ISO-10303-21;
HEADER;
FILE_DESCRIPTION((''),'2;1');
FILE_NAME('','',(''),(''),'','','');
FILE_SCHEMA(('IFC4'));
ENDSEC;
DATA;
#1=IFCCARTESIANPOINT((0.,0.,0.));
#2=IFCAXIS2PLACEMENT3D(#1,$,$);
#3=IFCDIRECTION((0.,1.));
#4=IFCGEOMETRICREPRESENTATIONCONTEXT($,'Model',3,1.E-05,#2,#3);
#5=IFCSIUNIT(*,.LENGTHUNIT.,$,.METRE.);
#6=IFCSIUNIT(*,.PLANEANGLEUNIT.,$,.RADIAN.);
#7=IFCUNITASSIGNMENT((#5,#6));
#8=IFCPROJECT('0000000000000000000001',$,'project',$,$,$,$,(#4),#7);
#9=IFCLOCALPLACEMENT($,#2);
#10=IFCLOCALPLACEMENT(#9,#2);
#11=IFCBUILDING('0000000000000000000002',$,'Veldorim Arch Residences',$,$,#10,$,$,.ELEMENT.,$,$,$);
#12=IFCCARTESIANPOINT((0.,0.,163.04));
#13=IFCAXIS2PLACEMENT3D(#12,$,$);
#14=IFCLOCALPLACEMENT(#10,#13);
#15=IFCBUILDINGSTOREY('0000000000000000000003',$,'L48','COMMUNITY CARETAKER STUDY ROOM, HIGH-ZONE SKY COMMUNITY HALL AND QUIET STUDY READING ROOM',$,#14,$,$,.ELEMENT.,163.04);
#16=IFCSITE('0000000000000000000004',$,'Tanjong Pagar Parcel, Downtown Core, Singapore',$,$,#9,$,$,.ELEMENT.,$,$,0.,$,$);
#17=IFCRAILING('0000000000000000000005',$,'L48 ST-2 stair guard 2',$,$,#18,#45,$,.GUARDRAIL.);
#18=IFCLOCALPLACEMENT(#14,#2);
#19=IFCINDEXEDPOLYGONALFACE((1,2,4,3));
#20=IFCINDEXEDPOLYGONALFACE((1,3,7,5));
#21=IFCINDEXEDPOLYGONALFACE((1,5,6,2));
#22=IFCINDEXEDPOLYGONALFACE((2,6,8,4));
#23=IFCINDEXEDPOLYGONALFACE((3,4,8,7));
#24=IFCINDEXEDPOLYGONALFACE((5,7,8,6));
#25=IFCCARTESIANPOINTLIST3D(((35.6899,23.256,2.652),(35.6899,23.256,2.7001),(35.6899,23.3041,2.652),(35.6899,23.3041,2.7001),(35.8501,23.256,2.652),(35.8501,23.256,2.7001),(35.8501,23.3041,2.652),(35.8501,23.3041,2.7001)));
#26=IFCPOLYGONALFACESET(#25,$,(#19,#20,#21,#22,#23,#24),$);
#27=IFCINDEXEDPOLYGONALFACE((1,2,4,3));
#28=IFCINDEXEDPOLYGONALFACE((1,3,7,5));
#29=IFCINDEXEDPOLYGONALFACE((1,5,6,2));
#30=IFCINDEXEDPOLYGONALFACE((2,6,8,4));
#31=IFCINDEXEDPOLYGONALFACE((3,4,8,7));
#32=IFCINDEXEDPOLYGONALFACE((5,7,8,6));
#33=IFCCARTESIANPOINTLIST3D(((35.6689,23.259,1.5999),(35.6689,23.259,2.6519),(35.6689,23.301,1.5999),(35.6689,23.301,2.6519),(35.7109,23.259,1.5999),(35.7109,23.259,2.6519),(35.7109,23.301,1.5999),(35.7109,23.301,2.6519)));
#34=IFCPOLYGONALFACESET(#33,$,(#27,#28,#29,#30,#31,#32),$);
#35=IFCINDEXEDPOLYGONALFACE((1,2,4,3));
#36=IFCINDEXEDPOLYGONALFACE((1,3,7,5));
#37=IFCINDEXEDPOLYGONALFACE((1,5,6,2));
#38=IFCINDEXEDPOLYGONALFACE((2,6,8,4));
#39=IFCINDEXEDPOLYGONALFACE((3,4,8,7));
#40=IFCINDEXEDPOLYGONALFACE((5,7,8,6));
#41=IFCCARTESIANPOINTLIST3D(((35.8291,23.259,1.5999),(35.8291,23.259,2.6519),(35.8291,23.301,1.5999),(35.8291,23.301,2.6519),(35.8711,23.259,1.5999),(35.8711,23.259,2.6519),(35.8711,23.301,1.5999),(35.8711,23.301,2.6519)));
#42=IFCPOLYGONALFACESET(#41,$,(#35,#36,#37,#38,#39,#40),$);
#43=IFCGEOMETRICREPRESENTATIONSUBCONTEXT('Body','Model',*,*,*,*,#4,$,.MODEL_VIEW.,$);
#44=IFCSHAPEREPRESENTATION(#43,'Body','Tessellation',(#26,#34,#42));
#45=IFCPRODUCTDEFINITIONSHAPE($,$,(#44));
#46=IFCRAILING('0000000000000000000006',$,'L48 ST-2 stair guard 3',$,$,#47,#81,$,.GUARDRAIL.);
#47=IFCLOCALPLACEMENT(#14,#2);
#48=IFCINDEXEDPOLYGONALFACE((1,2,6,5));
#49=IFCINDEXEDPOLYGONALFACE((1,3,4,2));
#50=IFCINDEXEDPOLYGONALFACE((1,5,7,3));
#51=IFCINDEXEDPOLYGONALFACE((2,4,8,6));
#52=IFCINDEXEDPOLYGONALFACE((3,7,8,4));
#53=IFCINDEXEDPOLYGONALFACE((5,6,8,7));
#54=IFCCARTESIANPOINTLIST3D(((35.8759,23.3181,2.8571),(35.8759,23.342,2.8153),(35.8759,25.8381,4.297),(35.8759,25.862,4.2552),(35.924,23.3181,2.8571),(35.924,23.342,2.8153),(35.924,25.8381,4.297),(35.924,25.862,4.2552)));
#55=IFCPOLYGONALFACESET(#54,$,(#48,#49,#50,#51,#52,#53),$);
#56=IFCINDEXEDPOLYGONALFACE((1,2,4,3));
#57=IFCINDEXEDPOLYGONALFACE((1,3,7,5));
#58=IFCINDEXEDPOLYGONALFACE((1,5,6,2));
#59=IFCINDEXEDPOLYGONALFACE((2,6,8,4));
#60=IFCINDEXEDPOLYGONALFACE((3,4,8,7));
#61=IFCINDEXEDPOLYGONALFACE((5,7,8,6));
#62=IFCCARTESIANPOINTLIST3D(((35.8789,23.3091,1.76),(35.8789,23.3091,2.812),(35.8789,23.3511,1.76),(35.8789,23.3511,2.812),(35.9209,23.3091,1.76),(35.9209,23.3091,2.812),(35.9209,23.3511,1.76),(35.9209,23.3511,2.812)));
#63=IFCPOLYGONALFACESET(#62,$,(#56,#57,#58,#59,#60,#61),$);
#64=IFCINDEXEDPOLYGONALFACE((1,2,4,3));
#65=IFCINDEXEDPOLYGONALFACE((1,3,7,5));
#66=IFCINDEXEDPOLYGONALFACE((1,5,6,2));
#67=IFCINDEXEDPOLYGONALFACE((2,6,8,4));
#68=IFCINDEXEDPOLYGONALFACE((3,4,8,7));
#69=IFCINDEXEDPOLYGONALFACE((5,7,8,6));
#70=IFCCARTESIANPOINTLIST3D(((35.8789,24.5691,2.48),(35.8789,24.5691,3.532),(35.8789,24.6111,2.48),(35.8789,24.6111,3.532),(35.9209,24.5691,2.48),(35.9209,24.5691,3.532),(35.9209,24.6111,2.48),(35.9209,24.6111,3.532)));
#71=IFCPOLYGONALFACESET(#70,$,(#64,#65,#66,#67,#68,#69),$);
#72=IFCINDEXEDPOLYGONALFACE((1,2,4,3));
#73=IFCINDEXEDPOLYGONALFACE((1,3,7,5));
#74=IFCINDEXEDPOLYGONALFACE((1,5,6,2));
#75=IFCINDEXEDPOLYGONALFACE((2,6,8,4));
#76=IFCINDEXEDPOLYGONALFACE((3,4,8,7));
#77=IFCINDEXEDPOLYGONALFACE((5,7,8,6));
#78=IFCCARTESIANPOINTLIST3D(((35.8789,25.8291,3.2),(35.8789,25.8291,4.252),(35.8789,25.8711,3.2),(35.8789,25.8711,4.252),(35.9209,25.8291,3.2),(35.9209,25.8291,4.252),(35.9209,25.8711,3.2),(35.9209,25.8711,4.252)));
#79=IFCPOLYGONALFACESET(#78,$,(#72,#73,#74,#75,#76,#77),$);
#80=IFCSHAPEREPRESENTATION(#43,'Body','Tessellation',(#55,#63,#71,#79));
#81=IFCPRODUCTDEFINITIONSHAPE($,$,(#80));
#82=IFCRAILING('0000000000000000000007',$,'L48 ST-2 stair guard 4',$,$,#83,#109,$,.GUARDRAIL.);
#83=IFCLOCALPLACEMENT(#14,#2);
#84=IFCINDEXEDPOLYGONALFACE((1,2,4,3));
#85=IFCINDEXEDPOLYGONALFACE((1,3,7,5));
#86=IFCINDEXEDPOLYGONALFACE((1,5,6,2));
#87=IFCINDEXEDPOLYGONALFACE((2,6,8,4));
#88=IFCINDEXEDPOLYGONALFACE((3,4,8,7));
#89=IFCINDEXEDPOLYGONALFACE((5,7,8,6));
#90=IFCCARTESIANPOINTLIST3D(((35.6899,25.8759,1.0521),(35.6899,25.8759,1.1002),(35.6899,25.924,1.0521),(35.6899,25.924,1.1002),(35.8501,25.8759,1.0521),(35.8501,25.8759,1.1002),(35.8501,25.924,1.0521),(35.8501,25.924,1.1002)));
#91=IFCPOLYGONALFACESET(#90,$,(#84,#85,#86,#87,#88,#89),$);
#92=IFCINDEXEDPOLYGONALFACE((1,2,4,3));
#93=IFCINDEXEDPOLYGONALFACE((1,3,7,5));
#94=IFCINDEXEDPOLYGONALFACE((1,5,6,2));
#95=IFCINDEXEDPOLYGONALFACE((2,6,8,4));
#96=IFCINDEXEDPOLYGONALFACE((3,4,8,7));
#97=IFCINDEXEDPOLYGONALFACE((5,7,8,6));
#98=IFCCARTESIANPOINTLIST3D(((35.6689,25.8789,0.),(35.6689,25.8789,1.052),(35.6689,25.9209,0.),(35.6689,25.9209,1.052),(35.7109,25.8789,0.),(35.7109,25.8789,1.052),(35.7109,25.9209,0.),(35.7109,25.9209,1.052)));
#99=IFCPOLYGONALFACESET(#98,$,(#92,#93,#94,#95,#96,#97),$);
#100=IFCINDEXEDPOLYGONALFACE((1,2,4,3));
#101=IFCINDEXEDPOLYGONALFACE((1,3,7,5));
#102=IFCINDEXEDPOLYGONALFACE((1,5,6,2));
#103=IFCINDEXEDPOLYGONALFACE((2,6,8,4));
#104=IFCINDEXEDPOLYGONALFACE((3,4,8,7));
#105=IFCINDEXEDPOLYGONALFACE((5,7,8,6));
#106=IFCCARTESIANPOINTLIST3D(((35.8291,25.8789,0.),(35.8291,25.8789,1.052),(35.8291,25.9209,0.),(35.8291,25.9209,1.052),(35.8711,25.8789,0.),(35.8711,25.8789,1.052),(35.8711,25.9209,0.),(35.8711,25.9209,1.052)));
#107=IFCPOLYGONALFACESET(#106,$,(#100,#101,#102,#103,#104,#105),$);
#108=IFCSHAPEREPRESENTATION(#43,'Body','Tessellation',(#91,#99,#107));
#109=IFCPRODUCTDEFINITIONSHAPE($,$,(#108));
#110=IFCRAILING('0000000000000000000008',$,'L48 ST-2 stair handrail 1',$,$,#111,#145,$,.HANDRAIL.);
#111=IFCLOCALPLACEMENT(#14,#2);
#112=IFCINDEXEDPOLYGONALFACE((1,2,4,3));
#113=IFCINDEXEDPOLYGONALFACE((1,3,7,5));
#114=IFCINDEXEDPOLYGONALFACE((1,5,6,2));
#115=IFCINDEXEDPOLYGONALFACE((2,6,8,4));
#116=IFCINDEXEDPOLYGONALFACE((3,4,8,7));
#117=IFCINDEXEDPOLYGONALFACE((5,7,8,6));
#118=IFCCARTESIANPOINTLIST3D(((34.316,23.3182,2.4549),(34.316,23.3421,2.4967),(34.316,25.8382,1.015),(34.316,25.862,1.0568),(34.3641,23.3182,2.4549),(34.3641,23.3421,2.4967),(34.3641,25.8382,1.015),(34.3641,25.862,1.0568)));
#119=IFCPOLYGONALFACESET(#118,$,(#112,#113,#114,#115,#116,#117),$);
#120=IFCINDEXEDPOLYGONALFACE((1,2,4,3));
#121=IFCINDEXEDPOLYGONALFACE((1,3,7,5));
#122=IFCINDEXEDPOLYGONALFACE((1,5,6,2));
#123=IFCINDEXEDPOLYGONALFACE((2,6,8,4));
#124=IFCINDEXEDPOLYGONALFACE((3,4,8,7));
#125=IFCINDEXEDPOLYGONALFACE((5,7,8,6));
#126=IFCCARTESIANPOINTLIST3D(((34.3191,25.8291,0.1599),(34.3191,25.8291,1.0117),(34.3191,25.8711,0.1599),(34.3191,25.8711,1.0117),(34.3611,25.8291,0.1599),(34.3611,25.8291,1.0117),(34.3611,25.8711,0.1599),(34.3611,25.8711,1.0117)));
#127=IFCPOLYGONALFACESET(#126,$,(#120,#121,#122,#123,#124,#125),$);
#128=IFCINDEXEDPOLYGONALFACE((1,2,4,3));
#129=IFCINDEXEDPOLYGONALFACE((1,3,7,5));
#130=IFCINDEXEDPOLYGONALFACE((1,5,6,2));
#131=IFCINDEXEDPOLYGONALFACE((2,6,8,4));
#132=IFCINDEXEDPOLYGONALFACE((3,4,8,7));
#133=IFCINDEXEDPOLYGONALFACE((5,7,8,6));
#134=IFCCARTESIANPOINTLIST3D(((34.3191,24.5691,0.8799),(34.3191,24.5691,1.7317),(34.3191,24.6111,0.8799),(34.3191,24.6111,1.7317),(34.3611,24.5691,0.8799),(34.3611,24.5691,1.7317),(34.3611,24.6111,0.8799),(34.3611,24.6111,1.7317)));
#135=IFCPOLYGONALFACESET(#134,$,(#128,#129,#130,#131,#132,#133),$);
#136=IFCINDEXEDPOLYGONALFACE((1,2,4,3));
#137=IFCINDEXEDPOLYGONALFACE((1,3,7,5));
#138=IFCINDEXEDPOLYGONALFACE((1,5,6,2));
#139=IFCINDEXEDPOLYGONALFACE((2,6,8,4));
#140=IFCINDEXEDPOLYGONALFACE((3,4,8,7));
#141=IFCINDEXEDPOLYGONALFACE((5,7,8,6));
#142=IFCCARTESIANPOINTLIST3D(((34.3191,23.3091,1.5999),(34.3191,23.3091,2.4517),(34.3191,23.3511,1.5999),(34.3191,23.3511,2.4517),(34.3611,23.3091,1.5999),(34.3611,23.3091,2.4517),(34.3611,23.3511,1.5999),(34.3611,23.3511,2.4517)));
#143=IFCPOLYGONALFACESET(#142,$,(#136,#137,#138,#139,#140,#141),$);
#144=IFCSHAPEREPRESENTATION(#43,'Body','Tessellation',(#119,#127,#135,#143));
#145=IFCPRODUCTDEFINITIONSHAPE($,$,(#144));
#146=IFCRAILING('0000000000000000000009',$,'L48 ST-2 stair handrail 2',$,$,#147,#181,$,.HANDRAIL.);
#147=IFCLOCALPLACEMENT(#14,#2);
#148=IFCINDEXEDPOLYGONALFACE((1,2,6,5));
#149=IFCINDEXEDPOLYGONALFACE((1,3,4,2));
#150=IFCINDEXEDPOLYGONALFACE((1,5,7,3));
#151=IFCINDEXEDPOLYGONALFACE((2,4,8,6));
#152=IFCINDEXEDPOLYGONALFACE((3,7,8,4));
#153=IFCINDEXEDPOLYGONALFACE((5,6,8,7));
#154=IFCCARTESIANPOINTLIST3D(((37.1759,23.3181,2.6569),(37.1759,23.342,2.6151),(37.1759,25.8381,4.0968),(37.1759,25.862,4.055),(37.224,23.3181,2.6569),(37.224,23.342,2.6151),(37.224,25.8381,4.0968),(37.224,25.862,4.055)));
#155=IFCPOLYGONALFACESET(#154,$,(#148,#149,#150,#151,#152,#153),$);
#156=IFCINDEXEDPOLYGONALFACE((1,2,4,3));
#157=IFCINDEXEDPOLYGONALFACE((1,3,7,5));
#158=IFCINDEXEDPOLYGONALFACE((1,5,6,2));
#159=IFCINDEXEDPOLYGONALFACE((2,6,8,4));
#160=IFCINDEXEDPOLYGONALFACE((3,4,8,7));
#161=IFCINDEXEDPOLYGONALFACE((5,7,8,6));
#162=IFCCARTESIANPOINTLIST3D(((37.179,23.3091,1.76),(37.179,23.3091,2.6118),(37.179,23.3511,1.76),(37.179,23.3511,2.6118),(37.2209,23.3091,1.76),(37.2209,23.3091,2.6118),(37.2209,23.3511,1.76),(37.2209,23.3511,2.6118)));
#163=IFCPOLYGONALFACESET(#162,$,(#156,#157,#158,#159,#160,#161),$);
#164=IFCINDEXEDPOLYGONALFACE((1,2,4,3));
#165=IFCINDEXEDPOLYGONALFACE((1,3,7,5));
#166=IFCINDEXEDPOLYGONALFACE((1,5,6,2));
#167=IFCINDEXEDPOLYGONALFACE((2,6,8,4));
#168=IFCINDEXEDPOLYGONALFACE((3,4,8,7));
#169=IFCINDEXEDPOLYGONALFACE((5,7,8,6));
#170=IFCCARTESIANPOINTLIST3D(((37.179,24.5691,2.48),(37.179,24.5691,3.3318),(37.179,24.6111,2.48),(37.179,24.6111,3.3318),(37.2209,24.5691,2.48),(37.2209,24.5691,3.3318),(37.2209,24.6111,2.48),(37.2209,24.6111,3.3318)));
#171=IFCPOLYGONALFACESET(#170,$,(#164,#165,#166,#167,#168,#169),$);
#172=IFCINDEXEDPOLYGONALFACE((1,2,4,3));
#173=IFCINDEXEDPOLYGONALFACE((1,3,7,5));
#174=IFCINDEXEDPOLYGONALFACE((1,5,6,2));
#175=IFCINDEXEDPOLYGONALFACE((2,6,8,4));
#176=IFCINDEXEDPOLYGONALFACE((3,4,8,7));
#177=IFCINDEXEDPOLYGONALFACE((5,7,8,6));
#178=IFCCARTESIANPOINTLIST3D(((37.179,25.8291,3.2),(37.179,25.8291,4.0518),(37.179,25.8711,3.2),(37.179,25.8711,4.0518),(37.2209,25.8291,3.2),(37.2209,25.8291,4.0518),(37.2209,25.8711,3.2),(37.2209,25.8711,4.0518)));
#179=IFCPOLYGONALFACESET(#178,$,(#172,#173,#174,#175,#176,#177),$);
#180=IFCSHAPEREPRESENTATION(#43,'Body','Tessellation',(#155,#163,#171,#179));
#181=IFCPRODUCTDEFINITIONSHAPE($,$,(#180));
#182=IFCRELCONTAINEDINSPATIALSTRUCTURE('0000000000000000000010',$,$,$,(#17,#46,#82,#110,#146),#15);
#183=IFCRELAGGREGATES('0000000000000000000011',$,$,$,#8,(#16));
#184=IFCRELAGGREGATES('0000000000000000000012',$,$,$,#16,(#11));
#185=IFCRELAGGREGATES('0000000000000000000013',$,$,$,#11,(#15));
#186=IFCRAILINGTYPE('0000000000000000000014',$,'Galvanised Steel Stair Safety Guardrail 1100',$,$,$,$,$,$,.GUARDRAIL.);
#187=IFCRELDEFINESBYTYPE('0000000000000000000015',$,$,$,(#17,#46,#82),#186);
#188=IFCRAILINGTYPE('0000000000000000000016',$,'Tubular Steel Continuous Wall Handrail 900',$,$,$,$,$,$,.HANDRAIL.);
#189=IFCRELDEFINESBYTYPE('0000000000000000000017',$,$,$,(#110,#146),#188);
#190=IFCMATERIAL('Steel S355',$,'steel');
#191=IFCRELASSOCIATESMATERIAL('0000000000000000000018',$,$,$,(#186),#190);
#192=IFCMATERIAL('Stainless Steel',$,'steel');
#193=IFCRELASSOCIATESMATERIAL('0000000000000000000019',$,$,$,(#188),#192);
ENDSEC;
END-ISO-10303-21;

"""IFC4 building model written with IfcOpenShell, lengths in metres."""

from ifc_helpers import new_model, si_unit, direction, frame, origin, origin_2d, place, context, subcontext, project, spatial, rectangle, extrude, material, type_object, element, save


model = new_model("IFC4")

# Units and contexts
model_context = context("Model", 3, precision=1e-05, world=origin(), true_north=direction((0.0, 1.0)))
body_context = subcontext(model_context, "Body", "Model", "MODEL_VIEW")
ifc_project = project(units=[si_unit("LENGTHUNIT", "METRE"), si_unit("PLANEANGLEUNIT", "RADIAN")], contexts=[model_context])

# Site, building, storey
site_placement = place(None, origin())
site = spatial("IfcSite", under=ifc_project, at=site_placement, Name="Tanjong Pagar Parcel, Downtown Core, Singapore", CompositionType="ELEMENT", RefElevation=0.0)
building_placement = place(site_placement, origin())
building = spatial("IfcBuilding", under=site, at=building_placement, Name="Veldorim Arch Residences", CompositionType="ELEMENT")
storey_placement = place(building_placement, frame((0.0, 0.0, 163.04)))
storey = spatial("IfcBuildingStorey", under=building, at=storey_placement, Name="L48", Description="COMMUNITY CARETAKER STUDY ROOM, HIGH-ZONE SKY COMMUNITY HALL AND QUIET STUDY READING ROOM", CompositionType="ELEMENT", Elevation=163.04)

# Railings
ifc_material_1 = material(Name="Steel S355", Category="steel")
railing_type_1 = type_object("IfcRailingType", Name="Galvanised Steel Stair Safety Guardrail 1100", PredefinedType="GUARDRAIL", material=ifc_material_1)
railing_1_placement = place(storey_placement, frame((35.6899, 23.28, 1.5999)))
element("IfcRailing", 1, at=railing_1_placement, inside=storey, type_object=railing_type_1, Name="L48 ST-2 stair guard 2", PredefinedType="GUARDRAIL", context=body_context, shape_type="SweptSolid", body=[
    extrude(rectangle(XDim=0.0481, YDim=0.0481, at=origin_2d()), frame((0.0, 0.0, 1.0762), z_axis=(1.0, 0.0, 0.0), x_axis=(0.0, 1.0, 0.0)), (0.0, 0.0, 1.0), 0.1602),
    extrude(rectangle(XDim=0.042, YDim=0.042, at=origin_2d()), origin(), (0.0, 0.0, 1.0), 1.052),
    extrude(rectangle(XDim=0.042, YDim=0.042, at=origin_2d()), frame((0.1602, 0.0, 0.0)), (0.0, 0.0, 1.0), 1.052),
])
railing_2_placement = place(storey_placement, frame((35.8999, 23.3301, 1.76)))
element("IfcRailing", 2, at=railing_2_placement, inside=storey, type_object=railing_type_1, Name="L48 ST-2 stair guard 3", PredefinedType="GUARDRAIL", context=body_context, shape_type="SweptSolid", body=[
    extrude(rectangle(XDim=0.0481, YDim=0.0481, at=origin_2d()), frame((0.0, 0.0, 1.0762), z_axis=(0.0, 0.868253, 0.496121), x_axis=(-1.0, 0.0, 0.0)), (0.0, 0.0, 1.0), 2.9023),
    extrude(rectangle(XDim=0.042, YDim=0.042, at=origin_2d()), origin(), (0.0, 0.0, 1.0), 1.052),
    extrude(rectangle(XDim=0.042, YDim=0.042, at=origin_2d()), frame((0.0, 1.26, 0.72)), (0.0, 0.0, 1.0), 1.052),
    extrude(rectangle(XDim=0.042, YDim=0.042, at=origin_2d()), frame((0.0, 2.52, 1.4399)), (0.0, 0.0, 1.0), 1.052),
])
railing_3_placement = place(storey_placement, frame((35.6899, 25.8999, 0.0)))
element("IfcRailing", 3, at=railing_3_placement, inside=storey, type_object=railing_type_1, Name="L48 ST-2 stair guard 4", PredefinedType="GUARDRAIL", context=body_context, shape_type="SweptSolid", body=[
    extrude(rectangle(XDim=0.0481, YDim=0.0481, at=origin_2d()), frame((0.0, 0.0, 1.0762), z_axis=(1.0, 0.0, 0.0), x_axis=(0.0, 1.0, 0.0)), (0.0, 0.0, 1.0), 0.1602),
    extrude(rectangle(XDim=0.042, YDim=0.042, at=origin_2d()), origin(), (0.0, 0.0, 1.0), 1.052),
    extrude(rectangle(XDim=0.042, YDim=0.042, at=origin_2d()), frame((0.1602, 0.0, 0.0)), (0.0, 0.0, 1.0), 1.052),
])
ifc_material_2 = material(Name="Stainless Steel", Category="steel")
railing_type_2 = type_object("IfcRailingType", Name="Tubular Steel Continuous Wall Handrail 900", PredefinedType="HANDRAIL", material=ifc_material_2)
railing_4_placement = place(storey_placement, frame((34.3401, 25.8501, 0.1599)))
element("IfcRailing", 4, at=railing_4_placement, inside=storey, type_object=railing_type_2, Name="L48 ST-2 stair handrail 1", PredefinedType="HANDRAIL", context=body_context, shape_type="SweptSolid", body=[
    extrude(rectangle(XDim=0.0481, YDim=0.0481, at=origin_2d()), frame((0.0, 0.0, 0.876), z_axis=(0.0, -0.868253, 0.496121), x_axis=(1.0, 0.0, 0.0)), (0.0, 0.0, 1.0), 2.9023),
    extrude(rectangle(XDim=0.042, YDim=0.042, at=origin_2d()), origin(), (0.0, 0.0, 1.0), 0.8518),
    extrude(rectangle(XDim=0.042, YDim=0.042, at=origin_2d()), frame((0.0, -1.26, 0.72)), (0.0, 0.0, 1.0), 0.8518),
    extrude(rectangle(XDim=0.042, YDim=0.042, at=origin_2d()), frame((0.0, -2.52, 1.4399)), (0.0, 0.0, 1.0), 0.8518),
])
railing_5_placement = place(storey_placement, frame((37.2, 23.3301, 1.76)))
element("IfcRailing", 5, at=railing_5_placement, inside=storey, type_object=railing_type_2, Name="L48 ST-2 stair handrail 2", PredefinedType="HANDRAIL", context=body_context, shape_type="SweptSolid", body=[
    extrude(rectangle(XDim=0.0481, YDim=0.0481, at=origin_2d()), frame((0.0, 0.0, 0.876), z_axis=(0.0, 0.868253, 0.496121), x_axis=(-1.0, 0.0, 0.0)), (0.0, 0.0, 1.0), 2.9023),
    extrude(rectangle(XDim=0.042, YDim=0.042, at=origin_2d()), origin(), (0.0, 0.0, 1.0), 0.8518),
    extrude(rectangle(XDim=0.042, YDim=0.042, at=origin_2d()), frame((0.0, 1.26, 0.72)), (0.0, 0.0, 1.0), 0.8518),
    extrude(rectangle(XDim=0.042, YDim=0.042, at=origin_2d()), frame((0.0, 2.52, 1.4399)), (0.0, 0.0, 1.0), 0.8518),
])

save(model, "model.ifc")
